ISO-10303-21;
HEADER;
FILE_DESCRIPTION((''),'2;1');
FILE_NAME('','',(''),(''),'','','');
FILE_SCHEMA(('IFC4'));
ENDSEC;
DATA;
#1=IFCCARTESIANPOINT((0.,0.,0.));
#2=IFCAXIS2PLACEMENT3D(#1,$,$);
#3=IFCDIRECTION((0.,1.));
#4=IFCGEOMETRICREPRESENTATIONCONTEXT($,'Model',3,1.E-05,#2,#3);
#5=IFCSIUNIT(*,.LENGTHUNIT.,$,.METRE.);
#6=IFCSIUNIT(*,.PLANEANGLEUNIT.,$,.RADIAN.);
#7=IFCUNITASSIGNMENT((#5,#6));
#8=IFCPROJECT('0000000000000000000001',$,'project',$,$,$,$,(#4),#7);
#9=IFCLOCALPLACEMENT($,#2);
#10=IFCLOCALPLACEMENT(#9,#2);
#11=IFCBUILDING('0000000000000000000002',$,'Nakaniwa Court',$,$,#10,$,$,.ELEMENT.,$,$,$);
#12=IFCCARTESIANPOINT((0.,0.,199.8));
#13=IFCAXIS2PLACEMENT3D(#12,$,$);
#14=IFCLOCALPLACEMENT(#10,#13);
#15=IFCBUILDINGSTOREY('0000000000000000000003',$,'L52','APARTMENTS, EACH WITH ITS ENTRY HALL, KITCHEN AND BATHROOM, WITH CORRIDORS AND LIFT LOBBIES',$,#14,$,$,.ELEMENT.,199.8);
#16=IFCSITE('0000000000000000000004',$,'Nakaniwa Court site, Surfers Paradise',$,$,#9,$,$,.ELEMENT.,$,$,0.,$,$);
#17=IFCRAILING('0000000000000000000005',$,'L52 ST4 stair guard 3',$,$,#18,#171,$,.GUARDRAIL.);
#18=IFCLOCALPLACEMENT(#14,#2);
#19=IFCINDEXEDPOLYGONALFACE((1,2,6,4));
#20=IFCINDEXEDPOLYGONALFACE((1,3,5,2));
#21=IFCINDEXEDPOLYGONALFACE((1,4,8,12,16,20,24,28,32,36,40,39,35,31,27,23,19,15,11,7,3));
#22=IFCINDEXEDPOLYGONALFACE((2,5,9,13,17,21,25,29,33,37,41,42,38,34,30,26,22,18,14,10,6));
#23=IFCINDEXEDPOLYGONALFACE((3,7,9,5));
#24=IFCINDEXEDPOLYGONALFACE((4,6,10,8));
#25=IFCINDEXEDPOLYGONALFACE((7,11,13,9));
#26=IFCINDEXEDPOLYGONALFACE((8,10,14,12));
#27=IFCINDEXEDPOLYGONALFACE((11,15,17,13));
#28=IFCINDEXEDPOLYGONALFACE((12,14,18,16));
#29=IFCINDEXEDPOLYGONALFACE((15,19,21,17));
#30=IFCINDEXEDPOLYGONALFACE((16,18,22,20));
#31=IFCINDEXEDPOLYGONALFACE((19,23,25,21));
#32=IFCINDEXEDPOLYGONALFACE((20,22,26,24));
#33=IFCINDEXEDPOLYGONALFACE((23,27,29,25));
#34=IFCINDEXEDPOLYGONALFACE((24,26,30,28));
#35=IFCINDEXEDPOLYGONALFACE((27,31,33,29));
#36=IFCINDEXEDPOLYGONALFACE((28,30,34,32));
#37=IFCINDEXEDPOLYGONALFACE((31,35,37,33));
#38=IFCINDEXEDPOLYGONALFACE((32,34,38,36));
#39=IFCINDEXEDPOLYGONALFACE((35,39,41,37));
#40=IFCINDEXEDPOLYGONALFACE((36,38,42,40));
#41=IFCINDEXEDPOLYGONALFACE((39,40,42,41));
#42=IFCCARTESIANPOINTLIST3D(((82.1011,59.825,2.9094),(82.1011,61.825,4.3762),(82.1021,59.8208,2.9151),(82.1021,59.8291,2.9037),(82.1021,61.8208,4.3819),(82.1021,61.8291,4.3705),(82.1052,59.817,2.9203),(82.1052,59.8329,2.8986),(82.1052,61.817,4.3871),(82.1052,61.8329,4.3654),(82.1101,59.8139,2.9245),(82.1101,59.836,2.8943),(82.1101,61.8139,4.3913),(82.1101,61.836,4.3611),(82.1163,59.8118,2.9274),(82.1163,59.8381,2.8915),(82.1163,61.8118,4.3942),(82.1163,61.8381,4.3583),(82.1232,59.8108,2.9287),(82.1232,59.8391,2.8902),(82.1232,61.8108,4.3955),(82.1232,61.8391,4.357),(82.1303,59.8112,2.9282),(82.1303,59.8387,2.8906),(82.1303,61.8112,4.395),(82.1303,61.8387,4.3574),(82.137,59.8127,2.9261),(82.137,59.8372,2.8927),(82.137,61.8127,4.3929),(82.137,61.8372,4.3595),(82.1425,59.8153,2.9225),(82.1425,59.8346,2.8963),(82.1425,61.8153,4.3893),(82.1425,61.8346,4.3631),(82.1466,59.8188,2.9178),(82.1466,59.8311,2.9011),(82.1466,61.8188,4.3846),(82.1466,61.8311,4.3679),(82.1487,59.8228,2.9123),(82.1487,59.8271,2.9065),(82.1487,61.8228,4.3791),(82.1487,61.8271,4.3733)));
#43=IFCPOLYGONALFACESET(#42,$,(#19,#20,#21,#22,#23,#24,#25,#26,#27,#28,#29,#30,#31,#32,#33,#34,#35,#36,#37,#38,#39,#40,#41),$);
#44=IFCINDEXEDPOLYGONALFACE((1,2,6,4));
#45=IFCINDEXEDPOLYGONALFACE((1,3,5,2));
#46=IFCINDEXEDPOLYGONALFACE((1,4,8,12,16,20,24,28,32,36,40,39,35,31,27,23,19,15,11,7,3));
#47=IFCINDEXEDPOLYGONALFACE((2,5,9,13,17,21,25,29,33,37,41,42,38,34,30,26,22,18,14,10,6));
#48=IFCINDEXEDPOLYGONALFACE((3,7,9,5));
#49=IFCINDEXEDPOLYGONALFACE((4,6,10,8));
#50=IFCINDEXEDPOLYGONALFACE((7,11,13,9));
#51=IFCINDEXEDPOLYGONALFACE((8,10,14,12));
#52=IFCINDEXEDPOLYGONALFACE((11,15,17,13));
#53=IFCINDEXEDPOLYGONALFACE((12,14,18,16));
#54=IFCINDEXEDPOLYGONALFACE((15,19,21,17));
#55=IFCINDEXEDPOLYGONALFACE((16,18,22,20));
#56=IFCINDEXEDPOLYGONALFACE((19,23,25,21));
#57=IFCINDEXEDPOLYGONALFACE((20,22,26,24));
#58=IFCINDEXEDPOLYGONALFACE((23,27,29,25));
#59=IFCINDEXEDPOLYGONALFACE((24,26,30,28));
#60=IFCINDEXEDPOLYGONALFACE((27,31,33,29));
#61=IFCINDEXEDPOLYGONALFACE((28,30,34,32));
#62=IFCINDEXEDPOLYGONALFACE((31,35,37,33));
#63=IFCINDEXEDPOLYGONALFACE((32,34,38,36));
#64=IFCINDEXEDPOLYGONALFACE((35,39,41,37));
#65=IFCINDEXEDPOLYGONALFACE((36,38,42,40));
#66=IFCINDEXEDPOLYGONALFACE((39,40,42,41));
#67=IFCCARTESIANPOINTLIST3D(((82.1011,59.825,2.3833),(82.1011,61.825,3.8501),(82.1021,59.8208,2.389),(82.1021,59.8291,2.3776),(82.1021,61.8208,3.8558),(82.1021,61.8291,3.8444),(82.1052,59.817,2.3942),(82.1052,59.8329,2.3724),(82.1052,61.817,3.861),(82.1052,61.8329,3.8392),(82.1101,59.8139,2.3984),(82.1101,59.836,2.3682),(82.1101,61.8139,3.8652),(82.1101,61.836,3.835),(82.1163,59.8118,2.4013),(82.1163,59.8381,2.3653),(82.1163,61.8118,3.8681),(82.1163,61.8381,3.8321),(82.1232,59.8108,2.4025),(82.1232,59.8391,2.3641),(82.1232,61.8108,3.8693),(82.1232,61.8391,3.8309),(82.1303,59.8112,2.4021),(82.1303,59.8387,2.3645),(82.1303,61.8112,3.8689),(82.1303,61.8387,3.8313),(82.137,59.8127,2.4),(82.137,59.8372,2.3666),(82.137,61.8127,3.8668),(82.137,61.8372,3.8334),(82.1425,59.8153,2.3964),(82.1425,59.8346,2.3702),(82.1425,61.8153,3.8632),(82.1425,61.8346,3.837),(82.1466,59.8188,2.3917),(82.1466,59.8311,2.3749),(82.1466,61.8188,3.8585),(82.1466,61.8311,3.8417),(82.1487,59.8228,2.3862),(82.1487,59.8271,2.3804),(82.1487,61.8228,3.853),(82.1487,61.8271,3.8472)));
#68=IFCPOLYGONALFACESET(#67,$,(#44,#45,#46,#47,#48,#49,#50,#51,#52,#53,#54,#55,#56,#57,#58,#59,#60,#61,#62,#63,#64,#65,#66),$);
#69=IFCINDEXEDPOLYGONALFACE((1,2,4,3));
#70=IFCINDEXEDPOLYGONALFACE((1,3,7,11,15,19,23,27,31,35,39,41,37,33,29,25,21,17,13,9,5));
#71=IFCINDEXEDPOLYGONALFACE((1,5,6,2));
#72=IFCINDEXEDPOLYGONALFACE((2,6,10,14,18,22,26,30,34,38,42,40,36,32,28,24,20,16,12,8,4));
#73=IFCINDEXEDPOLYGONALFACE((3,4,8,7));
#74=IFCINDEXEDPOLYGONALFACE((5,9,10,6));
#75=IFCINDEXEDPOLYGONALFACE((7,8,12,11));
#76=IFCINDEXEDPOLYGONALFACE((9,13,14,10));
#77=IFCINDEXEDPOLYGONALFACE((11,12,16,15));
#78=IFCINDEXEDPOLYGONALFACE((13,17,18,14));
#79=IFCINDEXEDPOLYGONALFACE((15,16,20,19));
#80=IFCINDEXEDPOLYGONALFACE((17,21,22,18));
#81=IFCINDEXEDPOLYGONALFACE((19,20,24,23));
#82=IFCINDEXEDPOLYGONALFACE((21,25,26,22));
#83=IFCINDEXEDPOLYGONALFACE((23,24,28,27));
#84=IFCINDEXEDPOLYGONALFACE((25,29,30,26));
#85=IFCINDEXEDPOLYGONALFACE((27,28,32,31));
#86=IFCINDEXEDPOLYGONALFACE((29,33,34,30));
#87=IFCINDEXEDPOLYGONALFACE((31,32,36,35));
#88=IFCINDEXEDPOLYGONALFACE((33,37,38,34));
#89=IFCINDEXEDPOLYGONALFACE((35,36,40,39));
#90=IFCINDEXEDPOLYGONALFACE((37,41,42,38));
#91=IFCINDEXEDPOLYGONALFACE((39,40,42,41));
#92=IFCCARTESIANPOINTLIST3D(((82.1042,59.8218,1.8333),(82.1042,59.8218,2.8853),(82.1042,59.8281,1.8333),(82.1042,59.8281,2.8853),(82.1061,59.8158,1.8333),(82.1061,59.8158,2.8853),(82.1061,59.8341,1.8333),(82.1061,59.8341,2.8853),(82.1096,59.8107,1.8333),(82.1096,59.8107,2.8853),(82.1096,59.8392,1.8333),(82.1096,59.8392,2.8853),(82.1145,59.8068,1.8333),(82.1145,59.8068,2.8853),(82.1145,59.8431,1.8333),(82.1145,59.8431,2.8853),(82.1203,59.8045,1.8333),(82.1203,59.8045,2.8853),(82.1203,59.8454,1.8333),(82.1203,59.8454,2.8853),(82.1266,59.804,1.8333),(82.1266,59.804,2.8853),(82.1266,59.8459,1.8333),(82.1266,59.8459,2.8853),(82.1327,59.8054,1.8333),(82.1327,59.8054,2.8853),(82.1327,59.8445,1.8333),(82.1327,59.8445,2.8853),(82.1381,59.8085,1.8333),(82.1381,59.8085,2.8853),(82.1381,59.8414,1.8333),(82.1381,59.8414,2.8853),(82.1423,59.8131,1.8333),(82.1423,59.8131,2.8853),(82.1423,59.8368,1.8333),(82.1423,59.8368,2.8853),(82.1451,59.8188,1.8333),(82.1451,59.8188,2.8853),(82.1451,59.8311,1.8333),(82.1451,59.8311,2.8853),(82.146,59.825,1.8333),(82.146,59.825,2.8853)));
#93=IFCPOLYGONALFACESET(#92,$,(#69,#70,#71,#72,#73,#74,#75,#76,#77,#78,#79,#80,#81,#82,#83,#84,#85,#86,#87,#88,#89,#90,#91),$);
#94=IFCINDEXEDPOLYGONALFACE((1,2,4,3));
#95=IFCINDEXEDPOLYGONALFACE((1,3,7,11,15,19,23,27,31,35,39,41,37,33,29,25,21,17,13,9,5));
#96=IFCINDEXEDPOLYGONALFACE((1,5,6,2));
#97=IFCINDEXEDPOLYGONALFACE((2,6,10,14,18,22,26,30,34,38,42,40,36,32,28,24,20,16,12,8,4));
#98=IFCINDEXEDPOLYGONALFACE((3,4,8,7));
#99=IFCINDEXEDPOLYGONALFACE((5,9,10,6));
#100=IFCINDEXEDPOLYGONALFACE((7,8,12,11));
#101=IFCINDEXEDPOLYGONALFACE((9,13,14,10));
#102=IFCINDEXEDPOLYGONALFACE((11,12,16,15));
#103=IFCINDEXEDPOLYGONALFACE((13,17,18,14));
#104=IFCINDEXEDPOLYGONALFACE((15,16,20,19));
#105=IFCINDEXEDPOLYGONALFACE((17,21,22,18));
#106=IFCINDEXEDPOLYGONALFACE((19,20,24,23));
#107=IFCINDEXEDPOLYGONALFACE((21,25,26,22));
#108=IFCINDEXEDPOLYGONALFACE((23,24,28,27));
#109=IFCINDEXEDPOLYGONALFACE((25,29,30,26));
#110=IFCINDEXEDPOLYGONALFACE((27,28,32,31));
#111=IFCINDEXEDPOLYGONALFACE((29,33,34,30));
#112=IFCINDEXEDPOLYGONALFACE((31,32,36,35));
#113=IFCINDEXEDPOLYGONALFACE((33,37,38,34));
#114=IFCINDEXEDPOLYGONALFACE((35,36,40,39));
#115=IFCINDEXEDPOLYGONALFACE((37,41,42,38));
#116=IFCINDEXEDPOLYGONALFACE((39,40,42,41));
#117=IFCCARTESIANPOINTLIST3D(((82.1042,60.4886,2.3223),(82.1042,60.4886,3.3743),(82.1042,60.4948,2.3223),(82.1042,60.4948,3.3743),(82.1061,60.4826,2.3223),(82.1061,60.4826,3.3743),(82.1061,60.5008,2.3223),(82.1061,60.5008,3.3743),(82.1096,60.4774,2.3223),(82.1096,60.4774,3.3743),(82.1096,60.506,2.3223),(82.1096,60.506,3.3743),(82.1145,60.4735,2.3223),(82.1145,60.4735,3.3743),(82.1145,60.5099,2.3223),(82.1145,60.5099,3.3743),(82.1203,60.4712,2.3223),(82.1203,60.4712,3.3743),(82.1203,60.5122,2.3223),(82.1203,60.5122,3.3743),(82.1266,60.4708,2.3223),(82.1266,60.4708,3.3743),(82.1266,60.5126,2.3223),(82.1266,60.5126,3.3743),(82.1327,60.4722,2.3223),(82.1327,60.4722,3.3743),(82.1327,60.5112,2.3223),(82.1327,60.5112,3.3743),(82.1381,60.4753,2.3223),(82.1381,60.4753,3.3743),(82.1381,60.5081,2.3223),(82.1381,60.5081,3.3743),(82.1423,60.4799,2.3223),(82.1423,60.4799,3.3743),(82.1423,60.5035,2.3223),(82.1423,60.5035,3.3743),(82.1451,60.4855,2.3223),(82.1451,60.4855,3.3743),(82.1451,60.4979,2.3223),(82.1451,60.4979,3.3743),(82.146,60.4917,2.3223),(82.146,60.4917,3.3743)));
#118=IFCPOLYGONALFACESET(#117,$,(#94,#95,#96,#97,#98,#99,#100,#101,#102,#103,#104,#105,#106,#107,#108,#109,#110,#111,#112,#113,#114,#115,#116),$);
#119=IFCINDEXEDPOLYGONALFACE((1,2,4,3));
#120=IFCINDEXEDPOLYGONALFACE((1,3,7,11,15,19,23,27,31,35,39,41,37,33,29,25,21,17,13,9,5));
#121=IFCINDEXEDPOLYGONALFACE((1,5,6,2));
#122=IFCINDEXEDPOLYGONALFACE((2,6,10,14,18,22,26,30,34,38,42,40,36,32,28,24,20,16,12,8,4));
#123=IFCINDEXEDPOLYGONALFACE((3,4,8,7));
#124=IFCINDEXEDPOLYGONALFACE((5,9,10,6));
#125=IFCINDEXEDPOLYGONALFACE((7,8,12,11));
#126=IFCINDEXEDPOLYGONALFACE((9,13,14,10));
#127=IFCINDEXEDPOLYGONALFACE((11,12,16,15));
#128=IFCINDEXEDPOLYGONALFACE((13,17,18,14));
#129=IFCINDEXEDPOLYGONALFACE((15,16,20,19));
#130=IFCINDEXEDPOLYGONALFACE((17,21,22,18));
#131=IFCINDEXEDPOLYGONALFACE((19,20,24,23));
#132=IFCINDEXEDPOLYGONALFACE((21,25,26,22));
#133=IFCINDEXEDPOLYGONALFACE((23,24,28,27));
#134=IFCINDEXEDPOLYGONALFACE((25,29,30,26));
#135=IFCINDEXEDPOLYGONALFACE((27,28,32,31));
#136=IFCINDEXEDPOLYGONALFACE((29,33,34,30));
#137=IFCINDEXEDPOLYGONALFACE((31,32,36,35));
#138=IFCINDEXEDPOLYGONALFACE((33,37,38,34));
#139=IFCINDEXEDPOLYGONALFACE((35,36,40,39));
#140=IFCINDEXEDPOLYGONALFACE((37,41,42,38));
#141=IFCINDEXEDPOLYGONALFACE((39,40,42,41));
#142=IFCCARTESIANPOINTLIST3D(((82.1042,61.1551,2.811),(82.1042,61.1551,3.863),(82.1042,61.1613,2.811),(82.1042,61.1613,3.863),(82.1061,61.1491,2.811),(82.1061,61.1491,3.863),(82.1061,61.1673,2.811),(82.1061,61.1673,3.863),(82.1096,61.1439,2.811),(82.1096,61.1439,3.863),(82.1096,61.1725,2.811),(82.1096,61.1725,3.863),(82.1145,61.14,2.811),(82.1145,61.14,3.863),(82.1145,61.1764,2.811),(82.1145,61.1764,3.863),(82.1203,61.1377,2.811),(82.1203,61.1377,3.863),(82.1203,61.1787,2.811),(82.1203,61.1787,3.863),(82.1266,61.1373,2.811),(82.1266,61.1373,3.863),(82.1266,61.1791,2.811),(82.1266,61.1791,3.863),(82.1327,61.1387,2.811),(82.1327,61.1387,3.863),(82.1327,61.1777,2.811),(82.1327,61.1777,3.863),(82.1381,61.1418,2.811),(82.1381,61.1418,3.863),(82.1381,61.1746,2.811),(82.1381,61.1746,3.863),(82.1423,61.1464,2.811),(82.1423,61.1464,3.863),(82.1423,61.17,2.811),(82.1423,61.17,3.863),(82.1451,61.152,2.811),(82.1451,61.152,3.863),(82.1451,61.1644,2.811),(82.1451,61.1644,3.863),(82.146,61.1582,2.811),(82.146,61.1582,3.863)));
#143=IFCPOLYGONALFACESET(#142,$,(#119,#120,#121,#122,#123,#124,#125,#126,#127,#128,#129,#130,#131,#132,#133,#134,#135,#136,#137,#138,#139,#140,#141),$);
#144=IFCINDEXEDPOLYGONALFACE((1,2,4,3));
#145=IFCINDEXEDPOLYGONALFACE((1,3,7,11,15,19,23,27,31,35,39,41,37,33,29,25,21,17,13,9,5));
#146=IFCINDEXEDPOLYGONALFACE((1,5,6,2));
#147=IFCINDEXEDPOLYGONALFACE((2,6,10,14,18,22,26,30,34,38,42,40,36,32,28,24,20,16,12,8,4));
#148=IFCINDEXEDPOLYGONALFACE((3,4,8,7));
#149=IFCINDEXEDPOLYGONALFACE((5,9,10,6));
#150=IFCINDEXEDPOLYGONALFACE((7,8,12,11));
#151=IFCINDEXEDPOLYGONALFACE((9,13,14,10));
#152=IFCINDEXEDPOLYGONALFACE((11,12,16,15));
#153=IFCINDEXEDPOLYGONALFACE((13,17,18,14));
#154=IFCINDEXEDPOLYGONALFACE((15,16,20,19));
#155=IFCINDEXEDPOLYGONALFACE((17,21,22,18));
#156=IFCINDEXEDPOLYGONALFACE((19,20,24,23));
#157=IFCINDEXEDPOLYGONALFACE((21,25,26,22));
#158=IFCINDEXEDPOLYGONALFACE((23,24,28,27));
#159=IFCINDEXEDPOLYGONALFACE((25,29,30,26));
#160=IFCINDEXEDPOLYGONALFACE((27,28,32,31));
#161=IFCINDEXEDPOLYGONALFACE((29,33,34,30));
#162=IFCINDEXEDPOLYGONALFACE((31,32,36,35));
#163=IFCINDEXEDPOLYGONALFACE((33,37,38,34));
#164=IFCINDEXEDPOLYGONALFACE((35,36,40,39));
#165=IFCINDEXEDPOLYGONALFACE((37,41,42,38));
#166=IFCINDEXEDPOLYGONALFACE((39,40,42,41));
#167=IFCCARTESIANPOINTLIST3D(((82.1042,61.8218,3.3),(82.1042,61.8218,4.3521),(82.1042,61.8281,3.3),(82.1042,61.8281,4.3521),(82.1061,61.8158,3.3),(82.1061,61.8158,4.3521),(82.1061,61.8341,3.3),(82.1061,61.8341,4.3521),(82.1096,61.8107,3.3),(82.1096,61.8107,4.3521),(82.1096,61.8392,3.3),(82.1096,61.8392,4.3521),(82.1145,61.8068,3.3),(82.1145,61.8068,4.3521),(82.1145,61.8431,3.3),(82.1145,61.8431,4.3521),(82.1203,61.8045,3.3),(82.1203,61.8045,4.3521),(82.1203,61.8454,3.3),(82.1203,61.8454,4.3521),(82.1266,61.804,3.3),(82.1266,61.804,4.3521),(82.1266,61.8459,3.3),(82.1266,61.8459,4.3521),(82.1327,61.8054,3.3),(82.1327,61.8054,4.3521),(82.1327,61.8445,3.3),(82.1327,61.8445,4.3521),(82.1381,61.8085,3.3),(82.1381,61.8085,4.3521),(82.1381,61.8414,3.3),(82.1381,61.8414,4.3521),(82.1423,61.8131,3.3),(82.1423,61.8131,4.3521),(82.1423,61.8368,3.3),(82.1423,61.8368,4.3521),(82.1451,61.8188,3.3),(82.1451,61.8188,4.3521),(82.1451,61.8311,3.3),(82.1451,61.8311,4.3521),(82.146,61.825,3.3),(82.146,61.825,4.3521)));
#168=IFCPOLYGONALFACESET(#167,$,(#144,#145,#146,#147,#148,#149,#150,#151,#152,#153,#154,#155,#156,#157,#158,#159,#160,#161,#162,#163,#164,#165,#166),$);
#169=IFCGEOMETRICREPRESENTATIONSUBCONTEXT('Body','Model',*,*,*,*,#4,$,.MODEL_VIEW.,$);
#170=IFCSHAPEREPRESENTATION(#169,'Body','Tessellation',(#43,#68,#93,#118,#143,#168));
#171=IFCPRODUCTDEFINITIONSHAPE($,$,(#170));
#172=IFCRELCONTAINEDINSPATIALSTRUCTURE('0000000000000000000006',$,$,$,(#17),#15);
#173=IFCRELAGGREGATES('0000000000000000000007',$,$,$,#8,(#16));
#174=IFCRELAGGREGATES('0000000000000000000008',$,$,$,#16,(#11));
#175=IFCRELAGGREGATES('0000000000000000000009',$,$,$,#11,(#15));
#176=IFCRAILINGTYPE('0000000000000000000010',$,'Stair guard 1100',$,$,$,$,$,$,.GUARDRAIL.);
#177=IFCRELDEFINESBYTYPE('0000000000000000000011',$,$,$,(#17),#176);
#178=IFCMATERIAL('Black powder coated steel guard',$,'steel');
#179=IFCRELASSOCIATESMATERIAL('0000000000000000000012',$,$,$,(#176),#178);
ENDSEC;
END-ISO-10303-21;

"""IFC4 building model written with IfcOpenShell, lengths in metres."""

from ifc_helpers import new_model, si_unit, direction, frame, origin, origin_2d, place, context, subcontext, project, spatial, circle, extrude, material, type_object, element, save


model = new_model("IFC4")

# Units and contexts
model_context = context("Model", 3, precision=1e-05, world=origin(), true_north=direction((0.0, 1.0)))
body_context = subcontext(model_context, "Body", "Model", "MODEL_VIEW")
ifc_project = project(units=[si_unit("LENGTHUNIT", "METRE"), si_unit("PLANEANGLEUNIT", "RADIAN")], contexts=[model_context])

# Site, building, storey
site_placement = place(None, origin())
site = spatial("IfcSite", under=ifc_project, at=site_placement, Name="Nakaniwa Court site, Surfers Paradise", CompositionType="ELEMENT", RefElevation=0.0)
building_placement = place(site_placement, origin())
building = spatial("IfcBuilding", under=site, at=building_placement, Name="Nakaniwa Court", CompositionType="ELEMENT")
storey_placement = place(building_placement, frame((0.0, 0.0, 199.8)))
storey = spatial("IfcBuildingStorey", under=building, at=storey_placement, Name="L52", Description="APARTMENTS, EACH WITH ITS ENTRY HALL, KITCHEN AND BATHROOM, WITH CORRIDORS AND LIFT LOBBIES", CompositionType="ELEMENT", Elevation=199.8)

# Railing
ifc_material_1 = material(Name="Black powder coated steel guard", Category="steel")
railing_type_1 = type_object("IfcRailingType", Name="Stair guard 1100", PredefinedType="GUARDRAIL", material=ifc_material_1)
railing_1_placement = place(storey_placement, frame((82.125, 59.825, 1.8333)))
element("IfcRailing", 1, at=railing_1_placement, inside=storey, type_object=railing_type_1, Name="L52 ST4 stair guard 3", PredefinedType="GUARDRAIL", context=body_context, shape_type="SweptSolid", body=[
    extrude(circle(Radius=0.0239, at=origin_2d()), frame((0.0, 0.0, 1.0762), z_axis=(0.0, 0.80638, 0.591398), x_axis=(-1.0, 0.0, 0.0)), (0.0, 0.0, 1.0), 2.4802),
    extrude(circle(Radius=0.0239, at=origin_2d()), frame((0.0, 0.0, 0.55), z_axis=(0.0, 0.80638, 0.591398), x_axis=(-1.0, 0.0, 0.0)), (0.0, 0.0, 1.0), 2.4802),
    extrude(circle(Radius=0.021, at=origin_2d()), origin(), (0.0, 0.0, 1.0), 1.052),
    extrude(circle(Radius=0.021, at=origin_2d()), frame((0.0, 0.6667, 0.489)), (0.0, 0.0, 1.0), 1.052),
    extrude(circle(Radius=0.021, at=origin_2d()), frame((0.0, 1.3333, 0.9778)), (0.0, 0.0, 1.0), 1.052),
    extrude(circle(Radius=0.021, at=origin_2d()), frame((0.0, 2.0, 1.4668)), (0.0, 0.0, 1.0), 1.052),
])

save(model, "model.ifc")
